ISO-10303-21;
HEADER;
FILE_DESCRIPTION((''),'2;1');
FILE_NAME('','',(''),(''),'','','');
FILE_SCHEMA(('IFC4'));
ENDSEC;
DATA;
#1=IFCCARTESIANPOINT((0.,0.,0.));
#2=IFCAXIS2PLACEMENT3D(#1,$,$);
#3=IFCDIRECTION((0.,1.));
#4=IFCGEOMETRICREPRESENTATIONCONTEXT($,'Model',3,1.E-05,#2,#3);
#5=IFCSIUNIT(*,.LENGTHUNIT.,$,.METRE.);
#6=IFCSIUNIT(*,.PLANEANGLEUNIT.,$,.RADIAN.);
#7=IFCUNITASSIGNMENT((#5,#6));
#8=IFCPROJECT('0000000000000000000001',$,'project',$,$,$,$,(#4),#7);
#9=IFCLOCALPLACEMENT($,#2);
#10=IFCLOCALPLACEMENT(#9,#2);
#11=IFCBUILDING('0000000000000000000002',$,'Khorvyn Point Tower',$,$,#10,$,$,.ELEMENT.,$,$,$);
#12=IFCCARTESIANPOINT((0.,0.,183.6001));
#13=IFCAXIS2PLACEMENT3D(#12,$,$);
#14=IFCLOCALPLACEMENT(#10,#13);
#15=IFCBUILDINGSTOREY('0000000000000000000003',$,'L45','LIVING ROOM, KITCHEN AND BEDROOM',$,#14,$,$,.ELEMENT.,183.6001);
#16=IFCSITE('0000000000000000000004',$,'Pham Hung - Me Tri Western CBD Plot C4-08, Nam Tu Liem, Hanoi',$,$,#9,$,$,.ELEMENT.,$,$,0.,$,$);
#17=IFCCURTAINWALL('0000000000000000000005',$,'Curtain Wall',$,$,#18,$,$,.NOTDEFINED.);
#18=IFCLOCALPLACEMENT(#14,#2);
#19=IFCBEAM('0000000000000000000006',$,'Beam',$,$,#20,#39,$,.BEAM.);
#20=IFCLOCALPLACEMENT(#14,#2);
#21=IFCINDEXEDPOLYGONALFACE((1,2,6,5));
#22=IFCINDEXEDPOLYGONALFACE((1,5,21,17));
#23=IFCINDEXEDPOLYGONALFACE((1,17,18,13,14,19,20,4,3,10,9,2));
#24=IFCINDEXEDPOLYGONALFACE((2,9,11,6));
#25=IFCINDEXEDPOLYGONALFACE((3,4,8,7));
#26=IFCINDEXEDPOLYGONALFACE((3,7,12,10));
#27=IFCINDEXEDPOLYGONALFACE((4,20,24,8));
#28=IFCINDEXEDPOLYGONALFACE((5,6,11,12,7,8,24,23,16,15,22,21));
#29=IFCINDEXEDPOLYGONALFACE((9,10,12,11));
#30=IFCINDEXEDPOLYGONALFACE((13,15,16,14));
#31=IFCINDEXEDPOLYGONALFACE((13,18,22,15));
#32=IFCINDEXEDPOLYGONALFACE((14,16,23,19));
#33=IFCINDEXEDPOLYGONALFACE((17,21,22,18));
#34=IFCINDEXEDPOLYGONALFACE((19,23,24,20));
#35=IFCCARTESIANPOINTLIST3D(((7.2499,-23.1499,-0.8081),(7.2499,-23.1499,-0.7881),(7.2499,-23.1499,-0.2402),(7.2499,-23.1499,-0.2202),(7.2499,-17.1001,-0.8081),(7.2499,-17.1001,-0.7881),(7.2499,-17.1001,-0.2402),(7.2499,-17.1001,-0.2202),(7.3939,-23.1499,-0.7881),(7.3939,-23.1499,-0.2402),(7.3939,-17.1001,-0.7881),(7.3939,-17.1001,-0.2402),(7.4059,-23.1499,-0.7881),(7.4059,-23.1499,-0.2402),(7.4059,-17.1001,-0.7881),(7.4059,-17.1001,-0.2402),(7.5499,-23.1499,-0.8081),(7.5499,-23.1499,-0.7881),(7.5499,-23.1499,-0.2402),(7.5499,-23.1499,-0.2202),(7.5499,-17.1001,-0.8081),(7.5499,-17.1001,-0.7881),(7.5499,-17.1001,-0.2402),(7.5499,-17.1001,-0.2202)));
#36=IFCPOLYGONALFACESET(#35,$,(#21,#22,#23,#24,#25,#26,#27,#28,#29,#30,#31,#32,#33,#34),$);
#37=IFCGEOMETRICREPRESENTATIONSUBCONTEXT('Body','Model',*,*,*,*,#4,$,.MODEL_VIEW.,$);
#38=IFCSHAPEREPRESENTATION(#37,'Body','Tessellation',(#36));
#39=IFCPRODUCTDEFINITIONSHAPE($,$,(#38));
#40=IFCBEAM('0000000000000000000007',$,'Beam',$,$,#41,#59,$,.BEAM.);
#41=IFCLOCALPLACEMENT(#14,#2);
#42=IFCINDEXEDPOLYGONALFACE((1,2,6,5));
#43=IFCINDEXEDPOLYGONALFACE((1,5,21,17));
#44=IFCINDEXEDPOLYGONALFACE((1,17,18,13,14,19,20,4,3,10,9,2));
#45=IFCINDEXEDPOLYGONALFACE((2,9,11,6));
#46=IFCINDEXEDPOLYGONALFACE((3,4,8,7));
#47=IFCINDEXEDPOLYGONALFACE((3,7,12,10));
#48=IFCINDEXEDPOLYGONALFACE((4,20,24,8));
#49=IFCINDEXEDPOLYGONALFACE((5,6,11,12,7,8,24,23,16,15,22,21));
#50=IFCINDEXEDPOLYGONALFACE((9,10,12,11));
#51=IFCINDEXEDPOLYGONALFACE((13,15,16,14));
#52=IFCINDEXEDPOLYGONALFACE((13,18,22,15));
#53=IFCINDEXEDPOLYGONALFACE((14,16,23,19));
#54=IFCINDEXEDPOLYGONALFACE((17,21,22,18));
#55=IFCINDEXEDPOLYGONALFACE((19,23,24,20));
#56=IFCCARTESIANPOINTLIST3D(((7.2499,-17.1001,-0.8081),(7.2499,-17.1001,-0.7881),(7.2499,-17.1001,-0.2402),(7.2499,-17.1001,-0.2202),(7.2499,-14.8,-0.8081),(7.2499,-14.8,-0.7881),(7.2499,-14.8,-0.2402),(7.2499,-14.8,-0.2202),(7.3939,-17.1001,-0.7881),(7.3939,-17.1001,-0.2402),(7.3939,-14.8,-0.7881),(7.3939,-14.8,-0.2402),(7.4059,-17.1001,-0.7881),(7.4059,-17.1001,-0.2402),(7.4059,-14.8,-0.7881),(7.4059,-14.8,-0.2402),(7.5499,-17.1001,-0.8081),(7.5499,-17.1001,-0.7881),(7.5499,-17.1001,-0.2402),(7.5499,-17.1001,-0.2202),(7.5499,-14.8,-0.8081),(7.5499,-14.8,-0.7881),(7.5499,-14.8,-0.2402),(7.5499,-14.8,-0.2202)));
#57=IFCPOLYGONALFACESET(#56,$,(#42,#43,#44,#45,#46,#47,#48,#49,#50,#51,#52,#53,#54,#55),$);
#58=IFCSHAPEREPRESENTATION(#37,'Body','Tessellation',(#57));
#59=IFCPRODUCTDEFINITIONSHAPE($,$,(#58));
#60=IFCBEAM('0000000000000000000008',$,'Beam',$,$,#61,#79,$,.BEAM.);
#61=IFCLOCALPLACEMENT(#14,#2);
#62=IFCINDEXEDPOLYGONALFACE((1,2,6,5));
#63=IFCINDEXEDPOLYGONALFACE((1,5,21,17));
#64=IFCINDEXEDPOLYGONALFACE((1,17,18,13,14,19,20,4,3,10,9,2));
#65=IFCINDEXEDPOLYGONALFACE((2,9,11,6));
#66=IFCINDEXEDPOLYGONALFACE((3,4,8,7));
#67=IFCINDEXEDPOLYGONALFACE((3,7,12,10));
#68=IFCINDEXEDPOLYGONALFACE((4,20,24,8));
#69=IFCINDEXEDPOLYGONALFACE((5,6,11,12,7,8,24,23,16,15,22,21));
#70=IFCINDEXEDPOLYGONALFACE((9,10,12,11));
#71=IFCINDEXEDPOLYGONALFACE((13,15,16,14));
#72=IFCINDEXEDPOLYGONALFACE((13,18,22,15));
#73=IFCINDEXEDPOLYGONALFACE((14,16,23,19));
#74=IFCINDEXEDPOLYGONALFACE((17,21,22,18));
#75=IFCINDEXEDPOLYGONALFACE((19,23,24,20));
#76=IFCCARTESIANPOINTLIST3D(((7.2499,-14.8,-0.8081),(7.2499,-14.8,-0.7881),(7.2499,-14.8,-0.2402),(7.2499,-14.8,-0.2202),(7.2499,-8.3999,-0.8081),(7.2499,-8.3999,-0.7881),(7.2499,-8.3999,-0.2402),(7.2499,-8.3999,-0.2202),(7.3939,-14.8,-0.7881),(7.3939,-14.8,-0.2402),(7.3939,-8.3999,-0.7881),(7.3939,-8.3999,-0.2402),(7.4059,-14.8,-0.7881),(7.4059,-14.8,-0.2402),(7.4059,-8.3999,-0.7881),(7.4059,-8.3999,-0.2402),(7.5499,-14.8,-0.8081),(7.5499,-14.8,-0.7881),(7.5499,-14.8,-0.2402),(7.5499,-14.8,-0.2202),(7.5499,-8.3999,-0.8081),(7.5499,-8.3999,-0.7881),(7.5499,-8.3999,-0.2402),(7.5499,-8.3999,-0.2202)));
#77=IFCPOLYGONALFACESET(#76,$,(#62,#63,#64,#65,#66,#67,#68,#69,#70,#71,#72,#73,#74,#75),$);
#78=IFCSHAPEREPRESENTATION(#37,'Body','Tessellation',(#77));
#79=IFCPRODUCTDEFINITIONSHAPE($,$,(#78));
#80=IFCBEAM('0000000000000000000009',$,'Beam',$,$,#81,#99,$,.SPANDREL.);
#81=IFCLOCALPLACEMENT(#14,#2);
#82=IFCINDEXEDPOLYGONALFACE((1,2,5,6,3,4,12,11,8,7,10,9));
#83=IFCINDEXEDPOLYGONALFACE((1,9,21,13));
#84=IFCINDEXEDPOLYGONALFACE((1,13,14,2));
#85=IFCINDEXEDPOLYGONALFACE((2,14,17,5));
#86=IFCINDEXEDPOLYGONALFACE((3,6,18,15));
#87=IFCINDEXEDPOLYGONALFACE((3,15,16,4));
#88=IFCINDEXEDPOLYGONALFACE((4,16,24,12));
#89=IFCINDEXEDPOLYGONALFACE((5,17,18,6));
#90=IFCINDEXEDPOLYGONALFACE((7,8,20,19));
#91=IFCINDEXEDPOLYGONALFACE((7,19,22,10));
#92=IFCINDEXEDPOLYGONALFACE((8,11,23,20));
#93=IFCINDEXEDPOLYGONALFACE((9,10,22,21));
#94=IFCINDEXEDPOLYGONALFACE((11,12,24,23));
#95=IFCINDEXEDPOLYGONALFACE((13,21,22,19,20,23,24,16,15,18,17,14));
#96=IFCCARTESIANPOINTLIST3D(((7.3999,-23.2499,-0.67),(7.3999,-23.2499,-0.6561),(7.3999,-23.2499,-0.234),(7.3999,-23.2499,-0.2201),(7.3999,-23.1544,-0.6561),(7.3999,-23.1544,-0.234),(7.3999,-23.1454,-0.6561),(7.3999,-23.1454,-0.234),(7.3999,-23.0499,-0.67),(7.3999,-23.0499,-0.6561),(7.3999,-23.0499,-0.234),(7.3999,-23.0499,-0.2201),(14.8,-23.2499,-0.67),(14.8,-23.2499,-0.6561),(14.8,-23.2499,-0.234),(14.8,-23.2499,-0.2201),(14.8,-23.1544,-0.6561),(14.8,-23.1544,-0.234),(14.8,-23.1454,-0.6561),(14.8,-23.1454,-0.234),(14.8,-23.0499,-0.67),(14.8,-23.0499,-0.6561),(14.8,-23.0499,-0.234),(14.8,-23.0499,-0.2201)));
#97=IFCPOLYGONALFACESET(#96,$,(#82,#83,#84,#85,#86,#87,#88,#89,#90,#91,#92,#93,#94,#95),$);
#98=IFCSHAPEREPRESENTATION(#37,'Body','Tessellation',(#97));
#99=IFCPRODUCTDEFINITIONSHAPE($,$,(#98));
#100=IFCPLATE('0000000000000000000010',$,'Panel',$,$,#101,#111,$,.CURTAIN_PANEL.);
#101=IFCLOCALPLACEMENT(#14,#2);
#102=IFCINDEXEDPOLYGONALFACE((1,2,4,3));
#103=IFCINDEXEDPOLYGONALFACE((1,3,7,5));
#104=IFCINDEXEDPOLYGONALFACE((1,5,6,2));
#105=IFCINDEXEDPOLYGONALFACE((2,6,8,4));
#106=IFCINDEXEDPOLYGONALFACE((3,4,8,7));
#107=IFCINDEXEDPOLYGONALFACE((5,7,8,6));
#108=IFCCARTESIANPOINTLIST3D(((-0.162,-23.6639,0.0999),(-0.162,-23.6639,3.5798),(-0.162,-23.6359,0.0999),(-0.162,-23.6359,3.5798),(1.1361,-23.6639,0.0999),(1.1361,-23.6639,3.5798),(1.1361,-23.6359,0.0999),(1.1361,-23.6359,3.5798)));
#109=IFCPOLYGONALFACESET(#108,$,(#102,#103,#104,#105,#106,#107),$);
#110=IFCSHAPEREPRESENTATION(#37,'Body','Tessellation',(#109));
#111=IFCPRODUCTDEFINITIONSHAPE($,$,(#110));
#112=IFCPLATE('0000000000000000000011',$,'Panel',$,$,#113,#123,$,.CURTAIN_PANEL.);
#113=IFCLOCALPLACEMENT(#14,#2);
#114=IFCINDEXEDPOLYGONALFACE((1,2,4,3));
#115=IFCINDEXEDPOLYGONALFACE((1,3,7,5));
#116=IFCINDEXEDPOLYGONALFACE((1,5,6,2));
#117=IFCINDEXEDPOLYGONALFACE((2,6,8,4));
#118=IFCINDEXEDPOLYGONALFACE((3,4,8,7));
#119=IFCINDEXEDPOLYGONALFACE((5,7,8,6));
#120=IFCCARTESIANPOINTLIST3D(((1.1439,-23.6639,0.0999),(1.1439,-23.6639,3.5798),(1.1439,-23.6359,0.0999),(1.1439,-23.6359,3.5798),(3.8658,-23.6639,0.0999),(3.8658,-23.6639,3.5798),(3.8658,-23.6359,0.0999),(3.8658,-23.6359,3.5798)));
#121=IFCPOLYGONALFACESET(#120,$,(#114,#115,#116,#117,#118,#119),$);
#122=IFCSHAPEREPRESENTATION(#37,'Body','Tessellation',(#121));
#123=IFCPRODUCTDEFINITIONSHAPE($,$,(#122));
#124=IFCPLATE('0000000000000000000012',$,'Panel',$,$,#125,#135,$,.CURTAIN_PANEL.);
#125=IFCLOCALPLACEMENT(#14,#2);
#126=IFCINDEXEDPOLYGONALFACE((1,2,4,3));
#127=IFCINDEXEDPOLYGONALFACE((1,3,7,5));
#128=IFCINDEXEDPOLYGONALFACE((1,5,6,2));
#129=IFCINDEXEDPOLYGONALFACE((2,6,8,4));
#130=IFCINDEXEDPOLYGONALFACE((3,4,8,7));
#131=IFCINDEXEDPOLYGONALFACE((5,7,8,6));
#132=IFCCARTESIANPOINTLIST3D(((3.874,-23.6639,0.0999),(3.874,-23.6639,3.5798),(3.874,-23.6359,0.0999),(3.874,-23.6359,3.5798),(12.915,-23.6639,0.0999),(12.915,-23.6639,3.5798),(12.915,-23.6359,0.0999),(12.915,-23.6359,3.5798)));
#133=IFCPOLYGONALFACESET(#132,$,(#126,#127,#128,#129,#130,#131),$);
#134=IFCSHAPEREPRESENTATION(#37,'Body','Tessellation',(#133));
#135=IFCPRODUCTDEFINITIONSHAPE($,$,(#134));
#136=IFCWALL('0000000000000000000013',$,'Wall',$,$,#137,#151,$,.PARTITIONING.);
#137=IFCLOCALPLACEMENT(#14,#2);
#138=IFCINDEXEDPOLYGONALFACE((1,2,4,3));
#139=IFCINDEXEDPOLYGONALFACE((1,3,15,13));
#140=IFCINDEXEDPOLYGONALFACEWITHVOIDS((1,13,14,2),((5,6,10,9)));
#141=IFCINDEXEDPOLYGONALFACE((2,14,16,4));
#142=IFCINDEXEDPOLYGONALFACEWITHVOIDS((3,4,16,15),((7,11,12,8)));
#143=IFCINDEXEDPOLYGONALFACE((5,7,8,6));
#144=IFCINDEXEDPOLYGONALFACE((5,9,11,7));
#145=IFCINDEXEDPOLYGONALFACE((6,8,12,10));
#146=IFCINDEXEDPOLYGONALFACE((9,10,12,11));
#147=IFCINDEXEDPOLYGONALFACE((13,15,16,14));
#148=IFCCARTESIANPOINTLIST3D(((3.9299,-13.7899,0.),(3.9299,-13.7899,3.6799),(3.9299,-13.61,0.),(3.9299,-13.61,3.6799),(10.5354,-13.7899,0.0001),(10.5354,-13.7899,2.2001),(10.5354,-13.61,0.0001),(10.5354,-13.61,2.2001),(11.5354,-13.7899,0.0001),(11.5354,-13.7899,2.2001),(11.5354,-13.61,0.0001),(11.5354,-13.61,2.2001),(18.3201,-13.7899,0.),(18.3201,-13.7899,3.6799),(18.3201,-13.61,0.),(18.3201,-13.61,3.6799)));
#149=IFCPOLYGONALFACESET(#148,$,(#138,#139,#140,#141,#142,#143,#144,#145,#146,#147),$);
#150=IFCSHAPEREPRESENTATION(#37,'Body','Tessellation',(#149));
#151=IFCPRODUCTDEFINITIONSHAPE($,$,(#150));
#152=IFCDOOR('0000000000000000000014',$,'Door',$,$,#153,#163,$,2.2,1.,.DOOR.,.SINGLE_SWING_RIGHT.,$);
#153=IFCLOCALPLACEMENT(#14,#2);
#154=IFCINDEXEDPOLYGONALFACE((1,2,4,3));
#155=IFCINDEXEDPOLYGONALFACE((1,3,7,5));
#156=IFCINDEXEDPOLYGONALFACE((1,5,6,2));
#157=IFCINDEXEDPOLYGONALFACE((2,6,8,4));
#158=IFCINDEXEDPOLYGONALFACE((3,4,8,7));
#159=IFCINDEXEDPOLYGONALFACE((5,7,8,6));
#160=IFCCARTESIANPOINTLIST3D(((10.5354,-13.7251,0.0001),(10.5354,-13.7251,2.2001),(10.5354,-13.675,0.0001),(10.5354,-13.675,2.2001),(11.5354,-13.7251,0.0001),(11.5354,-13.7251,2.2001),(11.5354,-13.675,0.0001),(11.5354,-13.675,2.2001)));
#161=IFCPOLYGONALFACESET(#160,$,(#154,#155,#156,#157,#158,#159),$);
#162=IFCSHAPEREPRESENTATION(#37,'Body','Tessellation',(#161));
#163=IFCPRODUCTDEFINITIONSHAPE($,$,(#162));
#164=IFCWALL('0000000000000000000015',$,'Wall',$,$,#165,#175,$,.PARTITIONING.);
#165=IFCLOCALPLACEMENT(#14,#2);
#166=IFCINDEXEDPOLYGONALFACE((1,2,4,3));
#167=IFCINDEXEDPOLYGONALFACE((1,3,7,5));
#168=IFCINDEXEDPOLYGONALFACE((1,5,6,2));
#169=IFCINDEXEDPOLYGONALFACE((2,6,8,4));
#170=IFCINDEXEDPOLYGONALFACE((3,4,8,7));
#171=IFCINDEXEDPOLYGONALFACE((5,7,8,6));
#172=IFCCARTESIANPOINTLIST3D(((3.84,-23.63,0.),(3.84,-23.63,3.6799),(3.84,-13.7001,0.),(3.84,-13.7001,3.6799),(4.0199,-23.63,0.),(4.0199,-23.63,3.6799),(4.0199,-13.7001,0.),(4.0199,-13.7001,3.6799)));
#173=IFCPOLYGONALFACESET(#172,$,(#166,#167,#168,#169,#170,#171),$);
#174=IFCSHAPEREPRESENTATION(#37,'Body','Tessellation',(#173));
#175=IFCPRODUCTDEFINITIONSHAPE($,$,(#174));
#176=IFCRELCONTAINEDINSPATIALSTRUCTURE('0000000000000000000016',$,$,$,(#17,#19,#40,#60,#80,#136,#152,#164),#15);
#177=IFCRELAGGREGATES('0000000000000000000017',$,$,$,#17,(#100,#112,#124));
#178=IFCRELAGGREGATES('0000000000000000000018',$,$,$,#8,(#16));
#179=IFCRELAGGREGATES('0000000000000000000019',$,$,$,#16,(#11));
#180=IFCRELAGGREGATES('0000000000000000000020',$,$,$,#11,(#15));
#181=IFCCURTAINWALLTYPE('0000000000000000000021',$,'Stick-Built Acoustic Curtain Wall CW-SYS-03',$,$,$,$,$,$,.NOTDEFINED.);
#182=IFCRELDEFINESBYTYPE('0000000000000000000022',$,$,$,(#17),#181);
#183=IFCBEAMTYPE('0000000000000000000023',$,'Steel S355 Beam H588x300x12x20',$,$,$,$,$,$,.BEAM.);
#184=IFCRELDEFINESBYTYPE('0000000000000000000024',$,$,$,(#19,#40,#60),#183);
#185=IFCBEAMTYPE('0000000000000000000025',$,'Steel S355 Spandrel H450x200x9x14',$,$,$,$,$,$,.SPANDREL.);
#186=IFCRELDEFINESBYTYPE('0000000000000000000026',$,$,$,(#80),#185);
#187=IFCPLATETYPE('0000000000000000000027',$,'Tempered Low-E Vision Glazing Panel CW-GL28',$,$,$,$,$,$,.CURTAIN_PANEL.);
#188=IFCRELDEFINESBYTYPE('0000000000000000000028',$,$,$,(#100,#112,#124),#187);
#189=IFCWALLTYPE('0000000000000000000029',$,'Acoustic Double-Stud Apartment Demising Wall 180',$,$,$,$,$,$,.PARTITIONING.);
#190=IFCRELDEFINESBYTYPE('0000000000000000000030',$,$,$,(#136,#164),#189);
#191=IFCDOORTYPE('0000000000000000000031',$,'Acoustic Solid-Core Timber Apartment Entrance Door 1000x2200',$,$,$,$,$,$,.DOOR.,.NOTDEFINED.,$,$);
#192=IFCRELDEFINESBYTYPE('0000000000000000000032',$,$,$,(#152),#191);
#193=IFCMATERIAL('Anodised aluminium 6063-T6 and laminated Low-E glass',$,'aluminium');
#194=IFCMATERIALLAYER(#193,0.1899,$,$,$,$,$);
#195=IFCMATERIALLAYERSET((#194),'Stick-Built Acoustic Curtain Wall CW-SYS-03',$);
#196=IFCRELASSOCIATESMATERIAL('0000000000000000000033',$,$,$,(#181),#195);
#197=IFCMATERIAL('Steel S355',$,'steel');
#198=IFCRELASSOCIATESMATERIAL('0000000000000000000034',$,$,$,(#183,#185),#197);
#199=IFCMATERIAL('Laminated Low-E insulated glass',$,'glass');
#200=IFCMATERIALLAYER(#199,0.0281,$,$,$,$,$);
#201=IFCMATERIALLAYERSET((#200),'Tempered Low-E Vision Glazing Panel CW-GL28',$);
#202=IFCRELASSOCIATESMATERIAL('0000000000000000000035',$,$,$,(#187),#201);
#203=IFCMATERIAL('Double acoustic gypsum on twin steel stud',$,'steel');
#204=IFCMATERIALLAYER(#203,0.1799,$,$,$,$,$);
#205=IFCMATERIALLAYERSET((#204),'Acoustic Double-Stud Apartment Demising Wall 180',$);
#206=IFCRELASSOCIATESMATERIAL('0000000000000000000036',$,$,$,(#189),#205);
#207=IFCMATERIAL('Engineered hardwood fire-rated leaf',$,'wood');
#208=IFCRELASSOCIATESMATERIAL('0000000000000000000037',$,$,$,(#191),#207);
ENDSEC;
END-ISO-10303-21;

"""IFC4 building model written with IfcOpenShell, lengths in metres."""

from ifc_helpers import new_model, si_unit, direction, frame, frame_2d, origin, origin_2d, place, context, subcontext, project, spatial, rectangle, i_section, extrude, material, layer, layer_set, material_profile, profile_set, type_object, element, fill, aggregate, save


model = new_model("IFC4")

# Units and contexts
model_context = context("Model", 3, precision=1e-05, world=origin(), true_north=direction((0.0, 1.0)))
body_context = subcontext(model_context, "Body", "Model", "MODEL_VIEW")
ifc_project = project(units=[si_unit("LENGTHUNIT", "METRE"), si_unit("PLANEANGLEUNIT", "RADIAN")], contexts=[model_context])

# Site, building, storey
site_placement = place(None, origin())
site = spatial("IfcSite", under=ifc_project, at=site_placement, Name="Pham Hung - Me Tri Western CBD Plot C4-08, Nam Tu Liem, Hanoi", CompositionType="ELEMENT", RefElevation=0.0)
building_placement = place(site_placement, origin())
building = spatial("IfcBuilding", under=site, at=building_placement, Name="Khorvyn Point Tower", CompositionType="ELEMENT")
storey_placement = place(building_placement, frame((0.0, 0.0, 183.6001)))
storey = spatial("IfcBuildingStorey", under=building, at=storey_placement, Name="L45", Description="LIVING ROOM, KITCHEN AND BEDROOM", CompositionType="ELEMENT", Elevation=183.6001)

# Curtain wall
ifc_material_1 = material(Name="Anodised aluminium 6063-T6 and laminated Low-E glass", Category="aluminium")
ifc_layer_1 = layer(ifc_material_1, 0.1899)
ifc_layer_set_1 = layer_set([ifc_layer_1], Name="Stick-Built Acoustic Curtain Wall CW-SYS-03")
curtain_wall_type = type_object("IfcCurtainWallType", Name="Stick-Built Acoustic Curtain Wall CW-SYS-03", PredefinedType="NOTDEFINED", material=ifc_layer_set_1)
curtain_wall_1_placement = place(storey_placement, origin())
curtain_wall_1 = element("IfcCurtainWall", 1, at=curtain_wall_1_placement, inside=storey, type_object=curtain_wall_type, Name="Curtain Wall", PredefinedType="NOTDEFINED")

# Beams
ifc_material_2 = material(Name="Steel S355", Category="steel")
ifc_material_profile_1 = material_profile(ifc_material_2, i_section(OverallWidth=0.3, OverallDepth=0.5879, WebThickness=0.012, FlangeThickness=0.02, at=origin_2d()))
ifc_profile_set_1 = profile_set([ifc_material_profile_1], Name="Steel S355 H588x300x12x20")
beam_type_1 = type_object("IfcBeamType", Name="Steel S355 Beam H588x300x12x20", PredefinedType="BEAM", material=ifc_profile_set_1)
beam_1_placement = place(storey_placement, frame((7.3999, -23.1499, -0.5142), z_axis=(0.0, 1.0, 0.0), x_axis=(-1.0, 0.0, 0.0)))
element("IfcBeam", 2, at=beam_1_placement, inside=storey, type_object=beam_type_1, Name="Beam", PredefinedType="BEAM", context=body_context, shape_type="SweptSolid", body=[
    extrude(i_section(OverallWidth=0.3, OverallDepth=0.5879, WebThickness=0.012, FlangeThickness=0.02, at=origin_2d()), origin(), (0.0, 0.0, 1.0), 6.0498),
])
beam_2_placement = place(storey_placement, frame((7.3999, -17.1001, -0.5142), z_axis=(0.0, 1.0, 0.0), x_axis=(-1.0, 0.0, 0.0)))
element("IfcBeam", 3, at=beam_2_placement, inside=storey, type_object=beam_type_1, Name="Beam", PredefinedType="BEAM", context=body_context, shape_type="SweptSolid", body=[
    extrude(i_section(OverallWidth=0.3, OverallDepth=0.5879, WebThickness=0.012, FlangeThickness=0.02, at=origin_2d()), origin(), (0.0, 0.0, 1.0), 2.3),
])
beam_3_placement = place(storey_placement, frame((7.3999, -14.8, -0.5142), z_axis=(0.0, 1.0, 0.0), x_axis=(-1.0, 0.0, 0.0)))
element("IfcBeam", 4, at=beam_3_placement, inside=storey, type_object=beam_type_1, Name="Beam", PredefinedType="BEAM", context=body_context, shape_type="SweptSolid", body=[
    extrude(i_section(OverallWidth=0.3, OverallDepth=0.5879, WebThickness=0.012, FlangeThickness=0.02, at=origin_2d()), origin(), (0.0, 0.0, 1.0), 6.4001),
])
ifc_material_profile_2 = material_profile(ifc_material_2, i_section(OverallWidth=0.2, OverallDepth=0.45, WebThickness=0.009, FlangeThickness=0.0139, at=origin_2d()))
ifc_profile_set_2 = profile_set([ifc_material_profile_2], Name="Steel S355 H450x200x9x14")
beam_type_2 = type_object("IfcBeamType", Name="Steel S355 Spandrel H450x200x9x14", PredefinedType="SPANDREL", material=ifc_profile_set_2)
beam_4_placement = place(storey_placement, frame((7.3999, -23.1499, -0.4451), z_axis=(1.0, 0.0, 0.0), x_axis=(0.0, 1.0, 0.0)))
element("IfcBeam", 5, at=beam_4_placement, inside=storey, type_object=beam_type_2, Name="Beam", PredefinedType="SPANDREL", context=body_context, shape_type="SweptSolid", body=[
    extrude(i_section(OverallWidth=0.2, OverallDepth=0.45, WebThickness=0.009, FlangeThickness=0.0139, at=origin_2d()), origin(), (0.0, 0.0, 1.0), 7.4001),
])

# Plates
ifc_material_3 = material(Name="Laminated Low-E insulated glass", Category="glass")
ifc_layer_2 = layer(ifc_material_3, 0.0281)
ifc_layer_set_2 = layer_set([ifc_layer_2], Name="Tempered Low-E Vision Glazing Panel CW-GL28")
plate_type = type_object("IfcPlateType", Name="Tempered Low-E Vision Glazing Panel CW-GL28", PredefinedType="CURTAIN_PANEL", material=ifc_layer_set_2)
plate_1_placement = place(storey_placement, frame((0.4871, -23.6499, 0.0999), z_axis=(0.0, 0.0, 1.0), x_axis=(-1.0, 0.0, 0.0)))
plate_1 = element("IfcPlate", 6, at=plate_1_placement, type_object=plate_type, Name="Panel", PredefinedType="CURTAIN_PANEL", context=body_context, shape_type="SweptSolid", body=[
    extrude(rectangle(XDim=1.2981, YDim=0.0281, at=origin_2d()), origin(), (0.0, 0.0, 1.0), 3.48),
])
plate_2_placement = place(storey_placement, frame((2.5049, -23.6499, 0.0999), z_axis=(0.0, 0.0, 1.0), x_axis=(-1.0, 0.0, 0.0)))
plate_2 = element("IfcPlate", 7, at=plate_2_placement, type_object=plate_type, Name="Panel", PredefinedType="CURTAIN_PANEL", context=body_context, shape_type="SweptSolid", body=[
    extrude(rectangle(XDim=2.7219, YDim=0.0281, at=origin_2d()), origin(), (0.0, 0.0, 1.0), 3.48),
])
plate_3_placement = place(storey_placement, frame((8.3945, -23.6499, 0.0999), z_axis=(0.0, 0.0, 1.0), x_axis=(-1.0, 0.0, 0.0)))
plate_3 = element("IfcPlate", 8, at=plate_3_placement, type_object=plate_type, Name="Panel", PredefinedType="CURTAIN_PANEL", context=body_context, shape_type="SweptSolid", body=[
    extrude(rectangle(XDim=9.041, YDim=0.0281, at=origin_2d()), origin(), (0.0, 0.0, 1.0), 3.48),
])
aggregate(curtain_wall_1, [plate_1, plate_2, plate_3])

# Wall, opening, door
ifc_material_4 = material(Name="Double acoustic gypsum on twin steel stud", Category="steel")
ifc_layer_3 = layer(ifc_material_4, 0.1799)
ifc_layer_set_3 = layer_set([ifc_layer_3], Name="Acoustic Double-Stud Apartment Demising Wall 180")
wall_type_1 = type_object("IfcWallType", Name="Acoustic Double-Stud Apartment Demising Wall 180", PredefinedType="PARTITIONING", material=ifc_layer_set_3)
wall_1_placement = place(storey_placement, frame((3.9299, -13.7, 0.0), z_axis=(0.0, 0.0, 1.0), x_axis=(1.0, 0.0, 0.0)))
wall_1 = element("IfcWall", 9, at=wall_1_placement, inside=storey, type_object=wall_type_1, Name="Wall", PredefinedType="PARTITIONING", context=body_context, shape_type="SweptSolid", body=[
    extrude(rectangle(XDim=14.3901, YDim=0.1799, at=frame_2d((7.1951, 0.0))), origin(), (0.0, 0.0, 1.0), 3.6799),
])
opening_1_placement = place(wall_1_placement, frame((6.6055, 0.0, 0.0)))
opening_1 = element("IfcOpeningElement", 10, at=opening_1_placement, cuts=wall_1, PredefinedType="OPENING", context=body_context, shape_type="SweptSolid", body=[
    extrude(rectangle(XDim=1.0, YDim=2.2, at=frame_2d((0.5, 1.1001))), frame((0.0, 0.0999, 0.0), z_axis=(0.0, -1.0, 0.0), x_axis=(1.0, 0.0, 0.0)), (0.0, 0.0, 1.0), 0.2),
])
ifc_material_5 = material(Name="Engineered hardwood fire-rated leaf", Category="wood")
door_type_1 = type_object("IfcDoorType", Name="Acoustic Solid-Core Timber Apartment Entrance Door 1000x2200", OperationType="NOTDEFINED", PredefinedType="DOOR", material=ifc_material_5)
door_1_placement = place(opening_1_placement, origin())
door_1 = element("IfcDoor", 11, at=door_1_placement, inside=storey, type_object=door_type_1, Name="Door", OperationType="SINGLE_SWING_RIGHT", OverallHeight=2.2, OverallWidth=1.0, PredefinedType="DOOR", context=body_context, shape_type="SweptSolid", body=[
    extrude(rectangle(XDim=1.0, YDim=2.2, at=frame_2d((0.5, 1.1001))), frame((0.0, 0.0249, 0.0), z_axis=(0.0, -1.0, 0.0), x_axis=(1.0, 0.0, 0.0)), (0.0, 0.0, 1.0), 0.05),
])
fill(opening_1, door_1)

# Wall
wall_2_placement = place(storey_placement, frame((3.9299, -23.6299, 0.0), z_axis=(0.0, 0.0, 1.0), x_axis=(0.0, 1.0, 0.0)))
element("IfcWall", 12, at=wall_2_placement, inside=storey, type_object=wall_type_1, Name="Wall", PredefinedType="PARTITIONING", context=body_context, shape_type="SweptSolid", body=[
    extrude(rectangle(XDim=9.9299, YDim=0.1799, at=frame_2d((4.9648, 0.0))), origin(), (0.0, 0.0, 1.0), 3.6799),
])

save(model, "model.ifc")
